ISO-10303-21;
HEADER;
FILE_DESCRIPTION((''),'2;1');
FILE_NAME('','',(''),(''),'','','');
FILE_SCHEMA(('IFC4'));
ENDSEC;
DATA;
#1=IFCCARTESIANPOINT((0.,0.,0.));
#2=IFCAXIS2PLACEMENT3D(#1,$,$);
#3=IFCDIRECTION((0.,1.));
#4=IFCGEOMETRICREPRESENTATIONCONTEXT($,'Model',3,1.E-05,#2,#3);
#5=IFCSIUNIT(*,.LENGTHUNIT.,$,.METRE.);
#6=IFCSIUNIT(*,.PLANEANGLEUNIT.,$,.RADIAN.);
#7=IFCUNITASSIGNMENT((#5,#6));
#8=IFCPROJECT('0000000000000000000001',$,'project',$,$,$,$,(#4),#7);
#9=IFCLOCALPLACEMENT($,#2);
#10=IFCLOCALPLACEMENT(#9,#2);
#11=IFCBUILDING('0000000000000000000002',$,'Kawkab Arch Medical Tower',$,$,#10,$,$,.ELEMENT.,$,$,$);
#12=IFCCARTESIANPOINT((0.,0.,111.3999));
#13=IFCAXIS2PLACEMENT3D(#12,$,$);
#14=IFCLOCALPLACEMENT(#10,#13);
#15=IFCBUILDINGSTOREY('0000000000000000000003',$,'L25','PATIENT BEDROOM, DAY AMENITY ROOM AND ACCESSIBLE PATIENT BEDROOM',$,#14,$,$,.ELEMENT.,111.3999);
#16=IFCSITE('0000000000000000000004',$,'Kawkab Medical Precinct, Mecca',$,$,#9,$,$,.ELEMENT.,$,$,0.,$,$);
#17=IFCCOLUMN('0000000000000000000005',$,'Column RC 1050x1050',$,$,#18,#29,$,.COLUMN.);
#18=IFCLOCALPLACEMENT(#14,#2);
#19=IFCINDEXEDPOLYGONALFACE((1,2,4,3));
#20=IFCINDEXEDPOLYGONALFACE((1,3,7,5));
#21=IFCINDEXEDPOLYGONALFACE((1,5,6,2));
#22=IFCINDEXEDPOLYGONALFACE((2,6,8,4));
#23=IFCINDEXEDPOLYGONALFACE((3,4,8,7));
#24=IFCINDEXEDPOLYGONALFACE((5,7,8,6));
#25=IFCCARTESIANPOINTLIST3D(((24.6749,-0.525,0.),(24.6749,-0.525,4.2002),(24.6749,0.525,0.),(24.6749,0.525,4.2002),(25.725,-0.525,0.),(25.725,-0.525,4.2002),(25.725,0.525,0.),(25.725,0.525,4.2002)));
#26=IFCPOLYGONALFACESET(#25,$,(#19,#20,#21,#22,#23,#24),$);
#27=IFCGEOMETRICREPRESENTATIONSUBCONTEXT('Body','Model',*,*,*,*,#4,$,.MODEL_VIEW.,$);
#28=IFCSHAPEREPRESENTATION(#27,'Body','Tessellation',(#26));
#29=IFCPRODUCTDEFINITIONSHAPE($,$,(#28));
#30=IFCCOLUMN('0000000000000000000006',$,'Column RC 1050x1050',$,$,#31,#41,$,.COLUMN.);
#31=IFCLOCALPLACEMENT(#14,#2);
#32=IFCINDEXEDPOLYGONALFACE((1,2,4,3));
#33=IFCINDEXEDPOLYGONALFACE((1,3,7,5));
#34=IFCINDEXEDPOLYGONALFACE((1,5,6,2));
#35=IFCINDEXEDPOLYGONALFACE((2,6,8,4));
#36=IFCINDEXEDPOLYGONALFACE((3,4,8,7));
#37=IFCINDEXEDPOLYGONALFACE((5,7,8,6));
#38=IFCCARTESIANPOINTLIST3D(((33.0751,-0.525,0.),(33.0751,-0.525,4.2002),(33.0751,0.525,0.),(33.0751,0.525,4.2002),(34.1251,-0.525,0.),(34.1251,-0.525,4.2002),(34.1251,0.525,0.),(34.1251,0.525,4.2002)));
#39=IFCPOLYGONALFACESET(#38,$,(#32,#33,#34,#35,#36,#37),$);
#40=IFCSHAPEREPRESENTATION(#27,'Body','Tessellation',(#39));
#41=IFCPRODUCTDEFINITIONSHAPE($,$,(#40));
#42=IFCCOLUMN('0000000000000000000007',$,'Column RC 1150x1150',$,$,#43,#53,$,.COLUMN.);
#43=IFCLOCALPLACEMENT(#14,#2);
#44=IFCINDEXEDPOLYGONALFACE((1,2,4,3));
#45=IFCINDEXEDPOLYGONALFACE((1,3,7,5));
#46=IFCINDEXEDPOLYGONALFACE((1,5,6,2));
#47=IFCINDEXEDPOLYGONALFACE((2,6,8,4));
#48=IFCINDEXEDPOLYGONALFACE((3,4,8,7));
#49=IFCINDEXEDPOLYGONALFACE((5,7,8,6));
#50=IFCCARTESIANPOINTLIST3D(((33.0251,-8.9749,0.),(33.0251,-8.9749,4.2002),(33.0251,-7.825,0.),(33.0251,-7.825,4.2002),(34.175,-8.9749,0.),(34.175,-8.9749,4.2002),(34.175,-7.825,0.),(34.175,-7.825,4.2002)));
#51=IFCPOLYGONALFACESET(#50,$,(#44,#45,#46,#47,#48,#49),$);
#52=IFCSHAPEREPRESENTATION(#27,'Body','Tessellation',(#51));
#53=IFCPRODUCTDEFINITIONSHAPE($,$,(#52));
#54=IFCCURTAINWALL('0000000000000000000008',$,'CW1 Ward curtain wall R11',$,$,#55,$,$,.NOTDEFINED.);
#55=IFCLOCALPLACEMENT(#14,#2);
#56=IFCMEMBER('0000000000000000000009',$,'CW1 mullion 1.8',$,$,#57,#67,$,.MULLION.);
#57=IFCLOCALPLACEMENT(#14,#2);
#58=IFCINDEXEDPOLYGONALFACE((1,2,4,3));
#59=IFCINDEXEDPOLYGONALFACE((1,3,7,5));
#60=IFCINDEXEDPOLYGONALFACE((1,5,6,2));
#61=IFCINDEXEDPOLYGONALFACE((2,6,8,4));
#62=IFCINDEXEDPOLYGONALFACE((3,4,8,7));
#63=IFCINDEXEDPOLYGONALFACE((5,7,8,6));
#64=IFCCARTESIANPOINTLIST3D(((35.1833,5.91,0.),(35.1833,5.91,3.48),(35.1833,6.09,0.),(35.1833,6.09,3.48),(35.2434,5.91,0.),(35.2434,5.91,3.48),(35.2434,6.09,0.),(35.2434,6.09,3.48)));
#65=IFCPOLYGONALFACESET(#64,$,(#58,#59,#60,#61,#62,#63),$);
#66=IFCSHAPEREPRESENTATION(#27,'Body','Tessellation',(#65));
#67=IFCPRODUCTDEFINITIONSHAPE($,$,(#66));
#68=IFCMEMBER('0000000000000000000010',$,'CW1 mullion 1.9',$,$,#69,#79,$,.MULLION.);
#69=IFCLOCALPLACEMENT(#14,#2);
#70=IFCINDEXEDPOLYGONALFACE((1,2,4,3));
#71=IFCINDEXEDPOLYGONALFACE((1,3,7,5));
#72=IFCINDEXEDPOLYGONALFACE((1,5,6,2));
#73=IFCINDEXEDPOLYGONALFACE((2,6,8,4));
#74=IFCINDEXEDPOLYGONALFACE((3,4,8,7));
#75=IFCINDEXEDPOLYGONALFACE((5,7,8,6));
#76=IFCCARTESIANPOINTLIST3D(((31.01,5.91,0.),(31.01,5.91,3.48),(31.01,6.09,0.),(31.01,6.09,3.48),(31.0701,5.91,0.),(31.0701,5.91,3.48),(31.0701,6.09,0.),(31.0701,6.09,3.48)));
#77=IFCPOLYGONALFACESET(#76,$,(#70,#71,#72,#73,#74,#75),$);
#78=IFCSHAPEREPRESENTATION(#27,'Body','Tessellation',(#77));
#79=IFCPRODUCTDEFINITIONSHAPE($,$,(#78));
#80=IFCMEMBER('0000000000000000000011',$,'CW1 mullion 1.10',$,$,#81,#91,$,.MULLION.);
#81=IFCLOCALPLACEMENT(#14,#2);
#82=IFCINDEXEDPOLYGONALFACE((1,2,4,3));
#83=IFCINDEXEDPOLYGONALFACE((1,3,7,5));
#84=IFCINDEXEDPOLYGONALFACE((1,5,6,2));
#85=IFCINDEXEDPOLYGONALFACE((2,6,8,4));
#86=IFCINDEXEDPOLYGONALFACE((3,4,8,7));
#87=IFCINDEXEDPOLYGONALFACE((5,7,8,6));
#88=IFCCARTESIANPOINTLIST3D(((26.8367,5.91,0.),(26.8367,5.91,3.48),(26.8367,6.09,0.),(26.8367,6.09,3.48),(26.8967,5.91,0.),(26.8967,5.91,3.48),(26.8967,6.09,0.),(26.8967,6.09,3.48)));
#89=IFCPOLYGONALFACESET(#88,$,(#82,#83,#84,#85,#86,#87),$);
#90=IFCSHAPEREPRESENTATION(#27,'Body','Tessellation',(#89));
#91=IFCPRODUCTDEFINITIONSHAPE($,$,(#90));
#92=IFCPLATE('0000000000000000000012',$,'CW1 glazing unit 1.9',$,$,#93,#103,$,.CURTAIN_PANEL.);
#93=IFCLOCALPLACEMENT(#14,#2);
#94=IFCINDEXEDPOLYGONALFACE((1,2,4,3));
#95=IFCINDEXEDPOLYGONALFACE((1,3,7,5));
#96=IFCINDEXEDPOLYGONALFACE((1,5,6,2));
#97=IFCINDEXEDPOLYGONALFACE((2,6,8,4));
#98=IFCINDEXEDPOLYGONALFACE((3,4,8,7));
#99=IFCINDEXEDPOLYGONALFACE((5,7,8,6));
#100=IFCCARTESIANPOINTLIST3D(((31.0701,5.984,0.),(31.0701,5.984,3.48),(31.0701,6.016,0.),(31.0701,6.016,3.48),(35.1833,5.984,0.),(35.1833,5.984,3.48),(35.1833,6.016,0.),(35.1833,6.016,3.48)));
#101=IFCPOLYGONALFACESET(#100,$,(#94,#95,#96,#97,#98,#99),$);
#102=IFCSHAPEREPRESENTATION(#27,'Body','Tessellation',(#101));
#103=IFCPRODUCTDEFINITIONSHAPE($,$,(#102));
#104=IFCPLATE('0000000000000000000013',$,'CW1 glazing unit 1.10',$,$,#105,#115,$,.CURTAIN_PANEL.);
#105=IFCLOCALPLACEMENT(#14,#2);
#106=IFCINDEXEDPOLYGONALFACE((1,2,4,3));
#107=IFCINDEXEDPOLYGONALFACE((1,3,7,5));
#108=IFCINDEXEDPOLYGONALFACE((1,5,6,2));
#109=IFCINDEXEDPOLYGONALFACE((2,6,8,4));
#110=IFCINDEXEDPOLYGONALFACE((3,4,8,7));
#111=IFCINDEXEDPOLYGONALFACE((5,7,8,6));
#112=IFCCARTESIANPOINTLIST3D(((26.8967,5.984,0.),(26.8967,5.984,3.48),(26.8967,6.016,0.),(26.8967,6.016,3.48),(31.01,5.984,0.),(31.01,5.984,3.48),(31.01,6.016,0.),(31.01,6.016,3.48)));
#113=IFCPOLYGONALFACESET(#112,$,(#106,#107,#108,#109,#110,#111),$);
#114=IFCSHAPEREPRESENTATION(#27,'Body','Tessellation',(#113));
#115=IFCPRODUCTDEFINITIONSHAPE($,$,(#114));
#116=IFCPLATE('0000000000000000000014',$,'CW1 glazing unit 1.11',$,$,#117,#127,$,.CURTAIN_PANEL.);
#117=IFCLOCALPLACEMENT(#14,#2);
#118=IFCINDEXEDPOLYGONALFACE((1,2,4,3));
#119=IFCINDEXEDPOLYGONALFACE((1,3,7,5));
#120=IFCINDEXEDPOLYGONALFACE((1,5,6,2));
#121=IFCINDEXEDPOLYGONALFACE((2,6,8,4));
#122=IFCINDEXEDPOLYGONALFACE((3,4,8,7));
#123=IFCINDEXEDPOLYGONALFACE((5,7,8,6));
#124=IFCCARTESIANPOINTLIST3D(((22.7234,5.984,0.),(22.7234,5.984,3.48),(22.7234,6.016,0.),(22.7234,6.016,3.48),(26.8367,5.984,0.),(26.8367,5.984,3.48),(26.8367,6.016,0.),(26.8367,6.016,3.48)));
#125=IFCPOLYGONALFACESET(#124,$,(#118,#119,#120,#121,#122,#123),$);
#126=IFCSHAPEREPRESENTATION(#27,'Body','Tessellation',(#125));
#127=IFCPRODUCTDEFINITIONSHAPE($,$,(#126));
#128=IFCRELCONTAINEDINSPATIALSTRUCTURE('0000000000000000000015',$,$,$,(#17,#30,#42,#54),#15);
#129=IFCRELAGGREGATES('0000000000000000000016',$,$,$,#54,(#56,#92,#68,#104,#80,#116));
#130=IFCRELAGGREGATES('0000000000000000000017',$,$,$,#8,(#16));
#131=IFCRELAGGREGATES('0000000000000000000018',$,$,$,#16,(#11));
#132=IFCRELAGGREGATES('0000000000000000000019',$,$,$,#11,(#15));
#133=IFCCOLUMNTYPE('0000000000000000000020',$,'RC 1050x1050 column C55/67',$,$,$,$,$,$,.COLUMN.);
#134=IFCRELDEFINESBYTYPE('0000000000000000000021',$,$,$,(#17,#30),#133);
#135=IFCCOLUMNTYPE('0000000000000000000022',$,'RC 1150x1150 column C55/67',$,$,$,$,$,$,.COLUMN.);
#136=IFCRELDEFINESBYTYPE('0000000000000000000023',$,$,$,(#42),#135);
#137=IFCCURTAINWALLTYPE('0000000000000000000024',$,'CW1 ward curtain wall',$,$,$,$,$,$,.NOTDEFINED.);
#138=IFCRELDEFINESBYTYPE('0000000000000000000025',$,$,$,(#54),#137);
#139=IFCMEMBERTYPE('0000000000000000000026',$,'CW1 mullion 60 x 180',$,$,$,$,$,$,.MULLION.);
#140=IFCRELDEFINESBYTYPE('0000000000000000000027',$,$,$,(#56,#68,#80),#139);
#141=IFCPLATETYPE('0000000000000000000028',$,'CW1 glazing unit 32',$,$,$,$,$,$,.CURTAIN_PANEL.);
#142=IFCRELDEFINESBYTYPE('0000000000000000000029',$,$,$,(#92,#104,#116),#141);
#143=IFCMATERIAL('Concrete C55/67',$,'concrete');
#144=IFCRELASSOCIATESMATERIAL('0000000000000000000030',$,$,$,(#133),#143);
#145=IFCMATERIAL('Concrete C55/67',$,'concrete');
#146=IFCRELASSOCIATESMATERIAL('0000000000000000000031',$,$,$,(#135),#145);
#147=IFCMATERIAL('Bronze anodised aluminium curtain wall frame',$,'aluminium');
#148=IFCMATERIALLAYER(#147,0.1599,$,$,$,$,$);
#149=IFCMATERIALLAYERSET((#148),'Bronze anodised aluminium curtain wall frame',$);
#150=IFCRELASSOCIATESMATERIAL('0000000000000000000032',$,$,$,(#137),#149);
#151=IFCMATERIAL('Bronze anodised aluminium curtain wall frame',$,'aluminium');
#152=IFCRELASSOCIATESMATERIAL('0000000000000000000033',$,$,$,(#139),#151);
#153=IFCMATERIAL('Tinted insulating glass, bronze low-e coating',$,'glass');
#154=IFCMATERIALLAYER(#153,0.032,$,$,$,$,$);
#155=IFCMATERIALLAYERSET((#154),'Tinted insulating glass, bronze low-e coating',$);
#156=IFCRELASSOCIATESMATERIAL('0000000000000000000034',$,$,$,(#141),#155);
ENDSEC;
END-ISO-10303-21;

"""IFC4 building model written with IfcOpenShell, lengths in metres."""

from ifc_helpers import new_model, si_unit, direction, frame, origin, origin_2d, place, context, subcontext, project, spatial, rectangle, extrude, material, layer, layer_set, material_profile, profile_set, type_object, element, aggregate, save


model = new_model("IFC4")

# Units and contexts
model_context = context("Model", 3, precision=1e-05, world=origin(), true_north=direction((0.0, 1.0)))
body_context = subcontext(model_context, "Body", "Model", "MODEL_VIEW")
ifc_project = project(units=[si_unit("LENGTHUNIT", "METRE"), si_unit("PLANEANGLEUNIT", "RADIAN")], contexts=[model_context])

# Site, building, storey
site_placement = place(None, origin())
site = spatial("IfcSite", under=ifc_project, at=site_placement, Name="Kawkab Medical Precinct, Mecca", CompositionType="ELEMENT", RefElevation=0.0)
building_placement = place(site_placement, origin())
building = spatial("IfcBuilding", under=site, at=building_placement, Name="Kawkab Arch Medical Tower", CompositionType="ELEMENT")
storey_placement = place(building_placement, frame((0.0, 0.0, 111.3999)))
storey = spatial("IfcBuildingStorey", under=building, at=storey_placement, Name="L25", Description="PATIENT BEDROOM, DAY AMENITY ROOM AND ACCESSIBLE PATIENT BEDROOM", CompositionType="ELEMENT", Elevation=111.3999)

# Columns
ifc_material_1 = material(Name="Concrete C55/67", Category="concrete")
ifc_material_profile_1 = material_profile(ifc_material_1, rectangle(XDim=1.05, YDim=1.05, at=origin_2d()), Name="RC 1050x1050")
ifc_profile_set_1 = profile_set([ifc_material_profile_1], Name="Concrete C55/67")
column_type_1 = type_object("IfcColumnType", Name="RC 1050x1050 column C55/67", PredefinedType="COLUMN", material=ifc_profile_set_1)
for number, where, z_axis, x_axis, name in (
    (1, (25.2, 0.0, 0.0), (0.0, 0.0, 1.0), (1.0, 0.0, 0.0), "Column RC 1050x1050"),
    (2, (33.6001, 0.0, 0.0), (0.0, 0.0, 1.0), (1.0, 0.0, 0.0), "Column RC 1050x1050"),
):
    element("IfcColumn", number, at=place(storey_placement, frame(where, z_axis=z_axis, x_axis=x_axis)), inside=storey, type_object=column_type_1, Name=name, PredefinedType="COLUMN", context=body_context, shape_type="SweptSolid", body=[
        extrude(rectangle(XDim=1.05, YDim=1.05, at=origin_2d()), origin(), (0.0, 0.0, 1.0), 4.2002),
    ])
ifc_material_2 = material(Name="Concrete C55/67", Category="concrete")
ifc_material_profile_2 = material_profile(ifc_material_2, rectangle(XDim=1.1499, YDim=1.1499, at=origin_2d()), Name="RC 1150x1150")
ifc_profile_set_2 = profile_set([ifc_material_profile_2], Name="Concrete C55/67")
column_type_2 = type_object("IfcColumnType", Name="RC 1150x1150 column C55/67", PredefinedType="COLUMN", material=ifc_profile_set_2)
column_placement = place(storey_placement, frame((33.6001, -8.3999, 0.0), z_axis=(0.0, 0.0, 1.0), x_axis=(1.0, 0.0, 0.0)))
element("IfcColumn", 3, at=column_placement, inside=storey, type_object=column_type_2, Name="Column RC 1150x1150", PredefinedType="COLUMN", context=body_context, shape_type="SweptSolid", body=[
    extrude(rectangle(XDim=1.1499, YDim=1.1499, at=origin_2d()), origin(), (0.0, 0.0, 1.0), 4.2002),
])

# Curtain wall, members, plates
ifc_material_3 = material(Name="Bronze anodised aluminium curtain wall frame", Category="aluminium")
ifc_layer_1 = layer(ifc_material_3, 0.1599)
ifc_layer_set_1 = layer_set([ifc_layer_1], Name="Bronze anodised aluminium curtain wall frame")
curtain_wall_type = type_object("IfcCurtainWallType", Name="CW1 ward curtain wall", PredefinedType="NOTDEFINED", material=ifc_layer_set_1)
curtain_wall_placement = place(storey_placement, origin())
curtain_wall = element("IfcCurtainWall", 4, at=curtain_wall_placement, inside=storey, type_object=curtain_wall_type, Name="CW1 Ward curtain wall R11", PredefinedType="NOTDEFINED")
ifc_material_4 = material(Name="Bronze anodised aluminium curtain wall frame", Category="aluminium")
ifc_material_profile_3 = material_profile(ifc_material_4, rectangle(XDim=0.1799, YDim=0.0601, at=origin_2d()), Name="AL 60x180")
ifc_profile_set_3 = profile_set([ifc_material_profile_3], Name="Bronze anodised aluminium curtain wall frame")
member_type = type_object("IfcMemberType", Name="CW1 mullion 60 x 180", PredefinedType="MULLION", material=ifc_profile_set_3)
member_1_placement = place(storey_placement, frame((35.2134, 6.0, 0.0), z_axis=(0.0, 0.0, 1.0), x_axis=(0.0, -1.0, 0.0)))
member_1 = element("IfcMember", 5, at=member_1_placement, type_object=member_type, Name="CW1 mullion 1.8", PredefinedType="MULLION", context=body_context, shape_type="SweptSolid", body=[
    extrude(rectangle(XDim=0.1799, YDim=0.0601, at=origin_2d()), origin(), (0.0, 0.0, 1.0), 3.48),
])
member_2_placement = place(storey_placement, frame((31.04, 6.0, 0.0), z_axis=(0.0, 0.0, 1.0), x_axis=(0.0, -1.0, 0.0)))
member_2 = element("IfcMember", 6, at=member_2_placement, type_object=member_type, Name="CW1 mullion 1.9", PredefinedType="MULLION", context=body_context, shape_type="SweptSolid", body=[
    extrude(rectangle(XDim=0.1799, YDim=0.0601, at=origin_2d()), origin(), (0.0, 0.0, 1.0), 3.48),
])
member_3_placement = place(storey_placement, frame((26.8667, 6.0, 0.0), z_axis=(0.0, 0.0, 1.0), x_axis=(0.0, -1.0, 0.0)))
member_3 = element("IfcMember", 7, at=member_3_placement, type_object=member_type, Name="CW1 mullion 1.10", PredefinedType="MULLION", context=body_context, shape_type="SweptSolid", body=[
    extrude(rectangle(XDim=0.1799, YDim=0.0601, at=origin_2d()), origin(), (0.0, 0.0, 1.0), 3.48),
])
ifc_material_5 = material(Name="Tinted insulating glass, bronze low-e coating", Category="glass")
ifc_layer_2 = layer(ifc_material_5, 0.032)
ifc_layer_set_2 = layer_set([ifc_layer_2], Name="Tinted insulating glass, bronze low-e coating")
plate_type = type_object("IfcPlateType", Name="CW1 glazing unit 32", PredefinedType="CURTAIN_PANEL", material=ifc_layer_set_2)
plate_1_placement = place(storey_placement, frame((33.1267, 6.0, 0.0), z_axis=(0.0, 0.0, 1.0), x_axis=(-1.0, 0.0, 0.0)))
plate_1 = element("IfcPlate", 8, at=plate_1_placement, type_object=plate_type, Name="CW1 glazing unit 1.9", PredefinedType="CURTAIN_PANEL", context=body_context, shape_type="SweptSolid", body=[
    extrude(rectangle(XDim=4.1133, YDim=0.032, at=origin_2d()), origin(), (0.0, 0.0, 1.0), 3.48),
])
plate_2_placement = place(storey_placement, frame((28.9534, 6.0, 0.0), z_axis=(0.0, 0.0, 1.0), x_axis=(-1.0, 0.0, 0.0)))
plate_2 = element("IfcPlate", 9, at=plate_2_placement, type_object=plate_type, Name="CW1 glazing unit 1.10", PredefinedType="CURTAIN_PANEL", context=body_context, shape_type="SweptSolid", body=[
    extrude(rectangle(XDim=4.1133, YDim=0.032, at=origin_2d()), origin(), (0.0, 0.0, 1.0), 3.48),
])
plate_3_placement = place(storey_placement, frame((24.78, 6.0, 0.0), z_axis=(0.0, 0.0, 1.0), x_axis=(-1.0, 0.0, 0.0)))
plate_3 = element("IfcPlate", 10, at=plate_3_placement, type_object=plate_type, Name="CW1 glazing unit 1.11", PredefinedType="CURTAIN_PANEL", context=body_context, shape_type="SweptSolid", body=[
    extrude(rectangle(XDim=4.1133, YDim=0.032, at=origin_2d()), origin(), (0.0, 0.0, 1.0), 3.48),
])
aggregate(curtain_wall, [member_1, plate_1, member_2, plate_2, member_3, plate_3])

save(model, "model.ifc")
